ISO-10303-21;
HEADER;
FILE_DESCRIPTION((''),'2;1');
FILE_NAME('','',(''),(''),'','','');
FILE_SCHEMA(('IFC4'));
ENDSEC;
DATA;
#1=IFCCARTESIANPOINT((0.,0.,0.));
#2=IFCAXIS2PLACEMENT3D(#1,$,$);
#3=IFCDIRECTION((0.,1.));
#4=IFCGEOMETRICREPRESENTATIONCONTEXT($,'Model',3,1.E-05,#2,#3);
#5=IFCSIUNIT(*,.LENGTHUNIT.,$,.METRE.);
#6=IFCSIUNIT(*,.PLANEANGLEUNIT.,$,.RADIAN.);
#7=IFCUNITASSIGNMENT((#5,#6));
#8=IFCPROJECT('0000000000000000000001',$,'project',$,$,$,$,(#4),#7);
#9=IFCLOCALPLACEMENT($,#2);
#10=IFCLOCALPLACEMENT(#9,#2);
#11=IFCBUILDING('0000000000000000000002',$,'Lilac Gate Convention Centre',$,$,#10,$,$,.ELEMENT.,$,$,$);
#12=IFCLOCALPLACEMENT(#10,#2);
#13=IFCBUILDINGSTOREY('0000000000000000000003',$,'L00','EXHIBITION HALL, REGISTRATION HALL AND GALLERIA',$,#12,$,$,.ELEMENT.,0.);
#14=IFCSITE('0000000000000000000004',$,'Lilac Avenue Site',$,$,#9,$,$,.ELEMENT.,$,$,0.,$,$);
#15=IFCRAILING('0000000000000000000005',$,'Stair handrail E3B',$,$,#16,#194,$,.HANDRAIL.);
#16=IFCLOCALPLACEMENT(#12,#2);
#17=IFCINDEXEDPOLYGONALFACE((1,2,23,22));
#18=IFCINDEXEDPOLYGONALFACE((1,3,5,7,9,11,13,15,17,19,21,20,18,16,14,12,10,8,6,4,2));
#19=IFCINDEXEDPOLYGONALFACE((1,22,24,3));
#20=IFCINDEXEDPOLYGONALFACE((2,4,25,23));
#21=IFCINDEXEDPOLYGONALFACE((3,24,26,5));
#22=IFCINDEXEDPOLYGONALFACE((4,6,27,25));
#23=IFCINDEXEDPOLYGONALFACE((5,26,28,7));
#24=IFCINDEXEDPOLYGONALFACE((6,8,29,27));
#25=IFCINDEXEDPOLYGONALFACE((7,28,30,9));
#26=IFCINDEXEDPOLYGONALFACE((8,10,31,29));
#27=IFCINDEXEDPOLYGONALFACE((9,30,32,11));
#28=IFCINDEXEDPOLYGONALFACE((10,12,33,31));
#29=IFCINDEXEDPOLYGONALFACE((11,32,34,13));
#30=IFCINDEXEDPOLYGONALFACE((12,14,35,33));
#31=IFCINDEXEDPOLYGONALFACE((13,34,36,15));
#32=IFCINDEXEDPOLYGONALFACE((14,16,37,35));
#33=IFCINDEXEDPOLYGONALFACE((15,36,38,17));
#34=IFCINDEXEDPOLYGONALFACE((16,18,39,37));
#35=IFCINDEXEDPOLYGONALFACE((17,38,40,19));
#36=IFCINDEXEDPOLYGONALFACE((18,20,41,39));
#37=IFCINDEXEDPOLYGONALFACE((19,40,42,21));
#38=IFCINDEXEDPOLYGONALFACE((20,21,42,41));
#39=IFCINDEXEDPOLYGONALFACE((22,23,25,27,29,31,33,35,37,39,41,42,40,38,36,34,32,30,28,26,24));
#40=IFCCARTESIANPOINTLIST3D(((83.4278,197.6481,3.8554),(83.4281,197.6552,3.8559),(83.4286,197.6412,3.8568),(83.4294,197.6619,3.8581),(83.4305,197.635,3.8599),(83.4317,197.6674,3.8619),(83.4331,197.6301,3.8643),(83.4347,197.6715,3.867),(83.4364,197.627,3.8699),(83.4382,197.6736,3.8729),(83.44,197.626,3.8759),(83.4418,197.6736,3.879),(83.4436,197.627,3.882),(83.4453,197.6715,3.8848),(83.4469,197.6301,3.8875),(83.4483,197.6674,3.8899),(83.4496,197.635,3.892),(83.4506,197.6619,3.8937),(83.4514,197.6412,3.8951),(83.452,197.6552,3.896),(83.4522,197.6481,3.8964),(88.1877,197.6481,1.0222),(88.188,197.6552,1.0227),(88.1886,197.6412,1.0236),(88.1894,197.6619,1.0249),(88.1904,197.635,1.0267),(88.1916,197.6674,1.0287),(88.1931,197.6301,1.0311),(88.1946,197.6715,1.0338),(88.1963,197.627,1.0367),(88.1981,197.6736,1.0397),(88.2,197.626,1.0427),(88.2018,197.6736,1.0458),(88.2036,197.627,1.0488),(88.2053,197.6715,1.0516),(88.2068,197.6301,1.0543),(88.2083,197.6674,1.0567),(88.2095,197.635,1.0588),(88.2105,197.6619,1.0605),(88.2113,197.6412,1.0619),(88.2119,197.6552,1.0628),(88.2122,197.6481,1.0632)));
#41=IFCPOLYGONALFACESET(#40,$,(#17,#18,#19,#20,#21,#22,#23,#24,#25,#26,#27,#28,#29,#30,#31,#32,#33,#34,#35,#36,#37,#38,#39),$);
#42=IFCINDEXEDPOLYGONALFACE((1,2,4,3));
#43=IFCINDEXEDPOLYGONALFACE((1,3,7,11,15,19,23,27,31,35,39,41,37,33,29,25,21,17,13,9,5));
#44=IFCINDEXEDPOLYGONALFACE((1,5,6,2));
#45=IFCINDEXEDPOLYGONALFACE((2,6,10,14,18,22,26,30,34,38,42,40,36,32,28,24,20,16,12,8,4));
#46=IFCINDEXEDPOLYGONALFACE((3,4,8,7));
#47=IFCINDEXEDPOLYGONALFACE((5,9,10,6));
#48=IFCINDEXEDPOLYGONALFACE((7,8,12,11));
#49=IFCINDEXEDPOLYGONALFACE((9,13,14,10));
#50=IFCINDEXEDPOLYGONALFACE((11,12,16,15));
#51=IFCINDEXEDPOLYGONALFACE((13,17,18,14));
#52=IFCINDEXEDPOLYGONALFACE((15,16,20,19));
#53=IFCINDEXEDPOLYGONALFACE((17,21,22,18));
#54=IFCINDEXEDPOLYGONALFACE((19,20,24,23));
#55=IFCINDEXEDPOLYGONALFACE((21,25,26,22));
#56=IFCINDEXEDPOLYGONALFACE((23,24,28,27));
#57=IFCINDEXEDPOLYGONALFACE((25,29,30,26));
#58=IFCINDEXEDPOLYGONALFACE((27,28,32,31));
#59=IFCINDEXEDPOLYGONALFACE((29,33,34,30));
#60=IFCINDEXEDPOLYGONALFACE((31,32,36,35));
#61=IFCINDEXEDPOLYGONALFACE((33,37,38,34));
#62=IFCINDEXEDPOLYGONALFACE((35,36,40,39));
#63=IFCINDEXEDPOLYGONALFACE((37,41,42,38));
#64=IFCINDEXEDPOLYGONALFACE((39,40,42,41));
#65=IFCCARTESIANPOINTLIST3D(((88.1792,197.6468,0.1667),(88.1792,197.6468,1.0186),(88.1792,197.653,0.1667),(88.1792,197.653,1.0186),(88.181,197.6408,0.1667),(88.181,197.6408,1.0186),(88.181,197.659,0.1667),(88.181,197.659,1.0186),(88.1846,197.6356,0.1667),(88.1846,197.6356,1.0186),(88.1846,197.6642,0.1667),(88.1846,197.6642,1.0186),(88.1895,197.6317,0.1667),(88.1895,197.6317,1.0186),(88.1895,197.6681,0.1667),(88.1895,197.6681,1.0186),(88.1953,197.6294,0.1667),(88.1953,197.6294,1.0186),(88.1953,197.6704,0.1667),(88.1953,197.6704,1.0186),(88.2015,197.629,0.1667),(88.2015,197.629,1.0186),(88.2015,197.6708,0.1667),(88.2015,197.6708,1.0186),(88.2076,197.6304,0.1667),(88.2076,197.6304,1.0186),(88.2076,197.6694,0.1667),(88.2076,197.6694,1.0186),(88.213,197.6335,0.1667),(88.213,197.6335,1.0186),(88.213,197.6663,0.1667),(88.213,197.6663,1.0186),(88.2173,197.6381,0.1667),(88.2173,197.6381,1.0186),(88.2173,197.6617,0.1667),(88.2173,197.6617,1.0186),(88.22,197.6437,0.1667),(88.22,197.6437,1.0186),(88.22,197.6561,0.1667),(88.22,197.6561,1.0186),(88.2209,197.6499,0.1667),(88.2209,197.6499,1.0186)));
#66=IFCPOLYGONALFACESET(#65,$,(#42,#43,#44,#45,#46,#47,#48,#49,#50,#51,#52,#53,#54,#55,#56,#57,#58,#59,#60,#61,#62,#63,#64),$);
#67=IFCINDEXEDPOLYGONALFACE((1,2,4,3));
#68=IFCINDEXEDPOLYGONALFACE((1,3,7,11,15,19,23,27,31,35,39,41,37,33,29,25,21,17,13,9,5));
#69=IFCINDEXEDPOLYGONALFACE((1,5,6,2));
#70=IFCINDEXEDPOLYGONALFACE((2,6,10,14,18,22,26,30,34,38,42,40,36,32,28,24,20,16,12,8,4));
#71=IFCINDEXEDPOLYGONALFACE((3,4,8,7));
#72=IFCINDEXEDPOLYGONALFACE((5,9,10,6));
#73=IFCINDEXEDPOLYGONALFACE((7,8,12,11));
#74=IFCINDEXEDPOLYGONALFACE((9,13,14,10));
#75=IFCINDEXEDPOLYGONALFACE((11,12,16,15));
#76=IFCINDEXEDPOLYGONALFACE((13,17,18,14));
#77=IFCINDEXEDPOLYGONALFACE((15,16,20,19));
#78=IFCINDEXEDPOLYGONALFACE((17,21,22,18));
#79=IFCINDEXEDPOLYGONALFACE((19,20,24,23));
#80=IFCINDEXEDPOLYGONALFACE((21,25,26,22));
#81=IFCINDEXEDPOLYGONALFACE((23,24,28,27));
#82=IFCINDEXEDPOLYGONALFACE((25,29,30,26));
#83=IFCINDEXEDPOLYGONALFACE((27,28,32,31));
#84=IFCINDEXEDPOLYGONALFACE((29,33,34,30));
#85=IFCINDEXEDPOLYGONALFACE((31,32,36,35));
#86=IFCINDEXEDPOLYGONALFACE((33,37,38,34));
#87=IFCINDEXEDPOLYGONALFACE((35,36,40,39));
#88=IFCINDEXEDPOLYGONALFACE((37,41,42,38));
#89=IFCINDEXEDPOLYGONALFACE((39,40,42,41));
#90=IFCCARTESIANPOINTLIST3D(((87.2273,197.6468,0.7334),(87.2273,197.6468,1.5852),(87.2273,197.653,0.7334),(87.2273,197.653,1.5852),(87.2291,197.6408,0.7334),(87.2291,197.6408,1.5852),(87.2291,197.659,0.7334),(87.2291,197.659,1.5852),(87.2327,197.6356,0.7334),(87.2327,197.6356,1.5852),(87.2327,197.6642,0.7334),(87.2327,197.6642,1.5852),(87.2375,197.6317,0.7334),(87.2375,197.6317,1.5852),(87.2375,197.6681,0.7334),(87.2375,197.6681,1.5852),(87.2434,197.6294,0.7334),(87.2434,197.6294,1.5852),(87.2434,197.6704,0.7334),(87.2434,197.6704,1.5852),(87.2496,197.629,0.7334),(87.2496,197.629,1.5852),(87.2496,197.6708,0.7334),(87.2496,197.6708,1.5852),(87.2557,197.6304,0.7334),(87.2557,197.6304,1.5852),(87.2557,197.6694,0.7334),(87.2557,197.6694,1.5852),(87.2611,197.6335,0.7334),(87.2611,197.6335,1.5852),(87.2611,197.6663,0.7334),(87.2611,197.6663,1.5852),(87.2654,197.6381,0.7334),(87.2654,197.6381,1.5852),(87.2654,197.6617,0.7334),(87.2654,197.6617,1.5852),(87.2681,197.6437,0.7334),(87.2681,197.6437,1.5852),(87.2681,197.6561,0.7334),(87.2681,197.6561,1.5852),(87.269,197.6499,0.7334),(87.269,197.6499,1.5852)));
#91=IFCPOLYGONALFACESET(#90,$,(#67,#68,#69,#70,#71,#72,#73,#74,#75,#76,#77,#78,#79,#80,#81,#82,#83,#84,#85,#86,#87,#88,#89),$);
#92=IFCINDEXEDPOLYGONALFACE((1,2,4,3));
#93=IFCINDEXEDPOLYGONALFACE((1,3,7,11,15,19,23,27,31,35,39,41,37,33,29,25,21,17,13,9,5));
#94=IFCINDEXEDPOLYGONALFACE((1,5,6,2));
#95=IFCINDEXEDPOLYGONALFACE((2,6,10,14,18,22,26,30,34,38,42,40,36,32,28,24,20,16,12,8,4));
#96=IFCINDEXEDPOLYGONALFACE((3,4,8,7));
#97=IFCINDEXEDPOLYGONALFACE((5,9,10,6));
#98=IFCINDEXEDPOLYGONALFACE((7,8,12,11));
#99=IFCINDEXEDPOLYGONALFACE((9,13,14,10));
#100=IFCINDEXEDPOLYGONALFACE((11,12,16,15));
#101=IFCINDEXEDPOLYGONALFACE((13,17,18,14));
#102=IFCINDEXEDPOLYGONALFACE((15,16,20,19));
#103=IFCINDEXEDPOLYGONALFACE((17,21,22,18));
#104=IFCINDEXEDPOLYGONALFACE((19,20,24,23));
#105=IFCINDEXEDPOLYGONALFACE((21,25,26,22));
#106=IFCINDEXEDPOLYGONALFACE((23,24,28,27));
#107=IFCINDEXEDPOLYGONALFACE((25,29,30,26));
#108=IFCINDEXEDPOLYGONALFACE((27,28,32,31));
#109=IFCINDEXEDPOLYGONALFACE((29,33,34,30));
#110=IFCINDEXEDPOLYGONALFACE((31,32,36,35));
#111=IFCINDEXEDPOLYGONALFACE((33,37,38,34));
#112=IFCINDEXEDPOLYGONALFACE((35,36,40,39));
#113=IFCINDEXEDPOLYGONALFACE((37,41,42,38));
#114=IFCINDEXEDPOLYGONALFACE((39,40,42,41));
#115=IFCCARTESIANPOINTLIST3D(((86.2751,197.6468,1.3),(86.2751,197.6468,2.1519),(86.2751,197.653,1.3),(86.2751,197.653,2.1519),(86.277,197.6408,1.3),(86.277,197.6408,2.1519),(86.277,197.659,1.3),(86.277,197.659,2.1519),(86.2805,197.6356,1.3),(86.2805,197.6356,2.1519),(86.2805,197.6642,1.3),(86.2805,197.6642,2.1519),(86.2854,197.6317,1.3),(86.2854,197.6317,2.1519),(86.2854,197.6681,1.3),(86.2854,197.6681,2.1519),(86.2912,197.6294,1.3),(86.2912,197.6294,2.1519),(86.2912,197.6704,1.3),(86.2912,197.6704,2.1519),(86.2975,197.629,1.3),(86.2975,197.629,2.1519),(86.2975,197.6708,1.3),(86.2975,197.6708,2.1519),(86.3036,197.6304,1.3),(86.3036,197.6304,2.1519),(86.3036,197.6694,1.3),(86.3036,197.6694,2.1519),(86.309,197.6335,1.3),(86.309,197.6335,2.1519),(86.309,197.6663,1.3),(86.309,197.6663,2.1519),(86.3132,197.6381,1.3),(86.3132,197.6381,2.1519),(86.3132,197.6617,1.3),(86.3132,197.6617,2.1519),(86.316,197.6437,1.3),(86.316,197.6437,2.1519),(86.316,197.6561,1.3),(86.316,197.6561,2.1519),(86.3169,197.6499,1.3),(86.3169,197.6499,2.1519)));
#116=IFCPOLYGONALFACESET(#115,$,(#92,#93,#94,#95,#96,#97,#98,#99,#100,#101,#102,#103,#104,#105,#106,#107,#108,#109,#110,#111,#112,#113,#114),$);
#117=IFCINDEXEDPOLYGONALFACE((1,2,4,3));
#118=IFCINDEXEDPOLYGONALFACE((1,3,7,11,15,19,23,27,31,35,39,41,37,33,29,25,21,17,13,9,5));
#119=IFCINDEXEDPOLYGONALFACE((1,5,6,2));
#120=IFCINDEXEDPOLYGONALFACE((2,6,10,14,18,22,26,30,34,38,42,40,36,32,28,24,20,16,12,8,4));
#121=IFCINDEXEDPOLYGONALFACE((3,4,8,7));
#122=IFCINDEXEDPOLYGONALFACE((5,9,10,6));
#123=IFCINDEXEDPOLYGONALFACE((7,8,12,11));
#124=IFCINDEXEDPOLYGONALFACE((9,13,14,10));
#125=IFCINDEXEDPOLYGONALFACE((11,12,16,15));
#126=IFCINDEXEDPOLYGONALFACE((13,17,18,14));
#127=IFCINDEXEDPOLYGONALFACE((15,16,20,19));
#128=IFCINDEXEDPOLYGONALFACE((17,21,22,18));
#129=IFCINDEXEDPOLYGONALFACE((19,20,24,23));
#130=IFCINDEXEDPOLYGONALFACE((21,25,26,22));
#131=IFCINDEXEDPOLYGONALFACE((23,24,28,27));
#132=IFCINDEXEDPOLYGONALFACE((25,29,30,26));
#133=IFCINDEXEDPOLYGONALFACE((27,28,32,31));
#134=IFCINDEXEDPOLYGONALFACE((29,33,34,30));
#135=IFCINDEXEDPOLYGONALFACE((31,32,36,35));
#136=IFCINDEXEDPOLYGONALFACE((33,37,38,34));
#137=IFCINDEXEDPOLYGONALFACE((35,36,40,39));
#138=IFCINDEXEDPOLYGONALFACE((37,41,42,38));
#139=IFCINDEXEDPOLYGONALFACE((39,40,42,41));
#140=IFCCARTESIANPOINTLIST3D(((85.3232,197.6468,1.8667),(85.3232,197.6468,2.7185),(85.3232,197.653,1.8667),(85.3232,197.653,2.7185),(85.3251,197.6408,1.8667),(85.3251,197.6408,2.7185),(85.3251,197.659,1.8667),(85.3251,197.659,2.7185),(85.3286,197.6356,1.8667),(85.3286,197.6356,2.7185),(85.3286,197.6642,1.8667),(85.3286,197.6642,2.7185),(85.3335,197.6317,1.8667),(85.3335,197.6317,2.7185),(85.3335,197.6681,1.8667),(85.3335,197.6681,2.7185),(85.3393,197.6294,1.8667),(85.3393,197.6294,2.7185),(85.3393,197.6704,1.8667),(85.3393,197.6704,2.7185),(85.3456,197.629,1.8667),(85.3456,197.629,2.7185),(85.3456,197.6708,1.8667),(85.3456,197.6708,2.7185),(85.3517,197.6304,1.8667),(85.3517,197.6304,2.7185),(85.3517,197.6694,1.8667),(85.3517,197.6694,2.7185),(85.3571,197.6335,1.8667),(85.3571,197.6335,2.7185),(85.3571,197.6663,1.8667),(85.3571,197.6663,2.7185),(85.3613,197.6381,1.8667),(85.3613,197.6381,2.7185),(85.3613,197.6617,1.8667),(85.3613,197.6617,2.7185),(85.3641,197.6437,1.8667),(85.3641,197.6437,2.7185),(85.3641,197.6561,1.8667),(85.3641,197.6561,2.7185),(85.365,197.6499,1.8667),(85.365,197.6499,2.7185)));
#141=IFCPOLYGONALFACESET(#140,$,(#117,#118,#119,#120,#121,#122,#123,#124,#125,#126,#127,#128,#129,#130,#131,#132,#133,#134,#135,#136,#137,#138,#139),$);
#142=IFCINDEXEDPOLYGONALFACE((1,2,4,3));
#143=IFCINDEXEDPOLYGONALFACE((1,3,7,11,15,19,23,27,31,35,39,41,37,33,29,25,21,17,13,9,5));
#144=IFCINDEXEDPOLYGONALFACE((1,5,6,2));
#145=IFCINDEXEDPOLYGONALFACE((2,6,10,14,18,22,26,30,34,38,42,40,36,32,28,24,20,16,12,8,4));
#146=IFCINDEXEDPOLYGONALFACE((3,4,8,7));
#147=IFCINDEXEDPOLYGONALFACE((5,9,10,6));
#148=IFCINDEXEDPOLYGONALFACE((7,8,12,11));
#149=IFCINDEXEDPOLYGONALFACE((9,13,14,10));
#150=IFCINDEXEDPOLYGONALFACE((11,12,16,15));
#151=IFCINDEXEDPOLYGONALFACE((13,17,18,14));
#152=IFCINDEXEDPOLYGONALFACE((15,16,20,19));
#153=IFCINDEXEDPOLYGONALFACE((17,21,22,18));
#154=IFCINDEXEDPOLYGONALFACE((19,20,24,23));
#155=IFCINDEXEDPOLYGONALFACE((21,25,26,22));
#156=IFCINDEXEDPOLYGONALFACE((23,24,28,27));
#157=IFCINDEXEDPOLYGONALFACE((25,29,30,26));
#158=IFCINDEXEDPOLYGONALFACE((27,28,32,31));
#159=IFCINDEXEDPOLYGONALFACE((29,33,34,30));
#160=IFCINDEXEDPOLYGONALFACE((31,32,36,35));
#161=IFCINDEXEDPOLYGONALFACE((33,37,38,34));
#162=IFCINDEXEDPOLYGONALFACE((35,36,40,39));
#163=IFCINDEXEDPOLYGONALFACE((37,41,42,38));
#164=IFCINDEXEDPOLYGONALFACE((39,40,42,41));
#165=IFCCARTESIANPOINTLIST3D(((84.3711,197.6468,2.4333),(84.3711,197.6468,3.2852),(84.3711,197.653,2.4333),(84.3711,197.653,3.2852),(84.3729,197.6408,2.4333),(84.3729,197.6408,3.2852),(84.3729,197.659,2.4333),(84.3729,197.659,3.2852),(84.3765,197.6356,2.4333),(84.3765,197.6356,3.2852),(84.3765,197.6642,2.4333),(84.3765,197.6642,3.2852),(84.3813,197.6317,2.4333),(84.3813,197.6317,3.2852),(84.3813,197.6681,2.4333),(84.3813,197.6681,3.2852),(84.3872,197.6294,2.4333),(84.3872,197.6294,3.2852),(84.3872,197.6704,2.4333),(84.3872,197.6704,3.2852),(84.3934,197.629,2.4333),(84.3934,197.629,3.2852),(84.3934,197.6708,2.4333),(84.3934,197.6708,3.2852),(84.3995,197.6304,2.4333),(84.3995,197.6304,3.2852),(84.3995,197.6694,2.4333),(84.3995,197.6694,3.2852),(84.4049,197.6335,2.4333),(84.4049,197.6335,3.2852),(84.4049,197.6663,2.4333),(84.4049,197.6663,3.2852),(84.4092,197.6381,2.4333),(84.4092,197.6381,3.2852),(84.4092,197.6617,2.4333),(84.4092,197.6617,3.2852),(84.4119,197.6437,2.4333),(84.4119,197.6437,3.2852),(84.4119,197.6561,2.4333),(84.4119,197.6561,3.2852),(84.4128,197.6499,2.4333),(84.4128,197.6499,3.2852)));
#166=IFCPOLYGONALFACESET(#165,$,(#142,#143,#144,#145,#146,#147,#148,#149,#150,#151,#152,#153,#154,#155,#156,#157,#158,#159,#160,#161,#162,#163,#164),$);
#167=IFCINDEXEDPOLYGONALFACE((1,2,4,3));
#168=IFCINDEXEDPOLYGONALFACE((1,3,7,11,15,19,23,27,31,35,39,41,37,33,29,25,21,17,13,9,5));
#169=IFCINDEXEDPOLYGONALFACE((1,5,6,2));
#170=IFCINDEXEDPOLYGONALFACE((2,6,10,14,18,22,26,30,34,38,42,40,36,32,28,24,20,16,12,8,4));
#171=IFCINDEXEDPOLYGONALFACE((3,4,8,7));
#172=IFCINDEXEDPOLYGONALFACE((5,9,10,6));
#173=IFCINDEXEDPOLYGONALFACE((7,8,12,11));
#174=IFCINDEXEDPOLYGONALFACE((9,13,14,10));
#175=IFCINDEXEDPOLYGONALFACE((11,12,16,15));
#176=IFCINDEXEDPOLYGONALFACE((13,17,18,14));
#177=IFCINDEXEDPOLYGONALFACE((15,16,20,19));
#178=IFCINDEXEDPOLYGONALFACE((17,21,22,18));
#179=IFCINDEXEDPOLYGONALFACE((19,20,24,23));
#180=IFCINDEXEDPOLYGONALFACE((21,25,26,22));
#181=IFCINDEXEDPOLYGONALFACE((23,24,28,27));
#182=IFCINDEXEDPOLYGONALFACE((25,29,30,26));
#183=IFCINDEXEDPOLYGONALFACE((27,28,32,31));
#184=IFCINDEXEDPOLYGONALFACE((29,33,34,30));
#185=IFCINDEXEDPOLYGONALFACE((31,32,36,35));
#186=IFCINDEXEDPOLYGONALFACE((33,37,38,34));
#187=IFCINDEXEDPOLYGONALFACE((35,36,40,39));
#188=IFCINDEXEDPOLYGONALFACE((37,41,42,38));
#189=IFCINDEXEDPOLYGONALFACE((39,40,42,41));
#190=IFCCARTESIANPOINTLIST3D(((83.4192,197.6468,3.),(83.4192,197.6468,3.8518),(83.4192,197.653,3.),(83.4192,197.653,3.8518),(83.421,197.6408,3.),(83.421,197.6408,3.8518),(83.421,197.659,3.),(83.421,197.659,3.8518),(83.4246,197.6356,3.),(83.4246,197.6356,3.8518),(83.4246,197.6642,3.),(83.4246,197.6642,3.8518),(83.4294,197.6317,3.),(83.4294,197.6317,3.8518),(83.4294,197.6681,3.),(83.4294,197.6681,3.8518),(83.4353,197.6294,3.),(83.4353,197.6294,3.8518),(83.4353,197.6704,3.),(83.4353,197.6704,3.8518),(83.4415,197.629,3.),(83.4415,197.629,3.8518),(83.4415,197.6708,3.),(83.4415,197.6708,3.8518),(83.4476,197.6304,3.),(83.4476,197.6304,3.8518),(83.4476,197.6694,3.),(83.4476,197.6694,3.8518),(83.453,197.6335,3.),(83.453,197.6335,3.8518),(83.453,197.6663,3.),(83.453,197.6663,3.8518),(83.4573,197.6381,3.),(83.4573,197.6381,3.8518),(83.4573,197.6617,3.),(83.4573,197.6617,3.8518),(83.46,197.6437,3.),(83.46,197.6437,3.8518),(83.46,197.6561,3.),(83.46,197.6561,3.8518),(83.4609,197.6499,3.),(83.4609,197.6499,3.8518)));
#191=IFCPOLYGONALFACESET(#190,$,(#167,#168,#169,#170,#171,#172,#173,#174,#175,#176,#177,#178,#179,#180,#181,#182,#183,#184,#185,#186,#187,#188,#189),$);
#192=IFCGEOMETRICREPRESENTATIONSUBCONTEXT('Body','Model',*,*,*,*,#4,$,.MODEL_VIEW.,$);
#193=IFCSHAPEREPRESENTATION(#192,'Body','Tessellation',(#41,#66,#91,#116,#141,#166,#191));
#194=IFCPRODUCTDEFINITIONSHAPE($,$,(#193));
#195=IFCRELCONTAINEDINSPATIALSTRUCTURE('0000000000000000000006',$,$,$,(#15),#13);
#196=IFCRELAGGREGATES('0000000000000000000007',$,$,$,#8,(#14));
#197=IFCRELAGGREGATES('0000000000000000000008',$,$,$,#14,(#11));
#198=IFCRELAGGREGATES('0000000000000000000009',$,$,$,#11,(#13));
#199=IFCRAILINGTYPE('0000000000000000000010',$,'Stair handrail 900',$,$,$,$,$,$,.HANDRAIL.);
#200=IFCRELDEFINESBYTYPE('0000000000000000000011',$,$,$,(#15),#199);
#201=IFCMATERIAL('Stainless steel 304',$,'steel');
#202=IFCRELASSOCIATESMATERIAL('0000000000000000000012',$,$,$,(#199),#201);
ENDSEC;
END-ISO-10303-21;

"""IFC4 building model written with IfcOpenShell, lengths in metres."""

from ifc_helpers import new_model, si_unit, direction, frame, origin, origin_2d, place, context, subcontext, project, spatial, circle, extrude, material, type_object, element, save


model = new_model("IFC4")

# Units and contexts
model_context = context("Model", 3, precision=1e-05, world=origin(), true_north=direction((0.0, 1.0)))
body_context = subcontext(model_context, "Body", "Model", "MODEL_VIEW")
ifc_project = project(units=[si_unit("LENGTHUNIT", "METRE"), si_unit("PLANEANGLEUNIT", "RADIAN")], contexts=[model_context])

# Site, building, storey
site_placement = place(None, origin())
site = spatial("IfcSite", under=ifc_project, at=site_placement, Name="Lilac Avenue Site", CompositionType="ELEMENT", RefElevation=0.0)
building_placement = place(site_placement, origin())
building = spatial("IfcBuilding", under=site, at=building_placement, Name="Lilac Gate Convention Centre", CompositionType="ELEMENT")
storey_placement = place(building_placement, origin())
storey = spatial("IfcBuildingStorey", under=building, at=storey_placement, Name="L00", Description="EXHIBITION HALL, REGISTRATION HALL AND GALLERIA", CompositionType="ELEMENT", Elevation=0.0)

# Railing
ifc_material_1 = material(Name="Stainless steel 304", Category="steel")
railing_type_1 = type_object("IfcRailingType", Name="Stair handrail 900", PredefinedType="HANDRAIL", material=ifc_material_1)
for number, where, name in (
    (1, (88.2, 197.6499, 0.1667), "Stair handrail E3B"),
):
    element("IfcRailing", number, at=place(storey_placement, frame(where)), inside=storey, type_object=railing_type_1, Name=name, PredefinedType="HANDRAIL", context=body_context, shape_type="SweptSolid", body=[
        extrude(circle(Radius=0.0239, at=origin_2d()), frame((0.0, 0.0, 0.876), z_axis=(-0.8593, 0.0, 0.511472), x_axis=(0.0, -1.0, 0.0)), (0.0, 0.0, 1.0), 5.5393),
        extrude(circle(Radius=0.021, at=origin_2d()), origin(), (0.0, 0.0, 1.0), 0.8518),
        extrude(circle(Radius=0.021, at=origin_2d()), frame((-0.9519, 0.0, 0.5667)), (0.0, 0.0, 1.0), 0.8518),
        extrude(circle(Radius=0.021, at=origin_2d()), frame((-1.9041, 0.0, 1.1333)), (0.0, 0.0, 1.0), 0.8518),
        extrude(circle(Radius=0.021, at=origin_2d()), frame((-2.856, 0.0, 1.7)), (0.0, 0.0, 1.0), 0.8518),
        extrude(circle(Radius=0.021, at=origin_2d()), frame((-3.8081, 0.0, 2.2666)), (0.0, 0.0, 1.0), 0.8518),
        extrude(circle(Radius=0.021, at=origin_2d()), frame((-4.76, 0.0, 2.8333)), (0.0, 0.0, 1.0), 0.8518),
    ])

save(model, "model.ifc")
